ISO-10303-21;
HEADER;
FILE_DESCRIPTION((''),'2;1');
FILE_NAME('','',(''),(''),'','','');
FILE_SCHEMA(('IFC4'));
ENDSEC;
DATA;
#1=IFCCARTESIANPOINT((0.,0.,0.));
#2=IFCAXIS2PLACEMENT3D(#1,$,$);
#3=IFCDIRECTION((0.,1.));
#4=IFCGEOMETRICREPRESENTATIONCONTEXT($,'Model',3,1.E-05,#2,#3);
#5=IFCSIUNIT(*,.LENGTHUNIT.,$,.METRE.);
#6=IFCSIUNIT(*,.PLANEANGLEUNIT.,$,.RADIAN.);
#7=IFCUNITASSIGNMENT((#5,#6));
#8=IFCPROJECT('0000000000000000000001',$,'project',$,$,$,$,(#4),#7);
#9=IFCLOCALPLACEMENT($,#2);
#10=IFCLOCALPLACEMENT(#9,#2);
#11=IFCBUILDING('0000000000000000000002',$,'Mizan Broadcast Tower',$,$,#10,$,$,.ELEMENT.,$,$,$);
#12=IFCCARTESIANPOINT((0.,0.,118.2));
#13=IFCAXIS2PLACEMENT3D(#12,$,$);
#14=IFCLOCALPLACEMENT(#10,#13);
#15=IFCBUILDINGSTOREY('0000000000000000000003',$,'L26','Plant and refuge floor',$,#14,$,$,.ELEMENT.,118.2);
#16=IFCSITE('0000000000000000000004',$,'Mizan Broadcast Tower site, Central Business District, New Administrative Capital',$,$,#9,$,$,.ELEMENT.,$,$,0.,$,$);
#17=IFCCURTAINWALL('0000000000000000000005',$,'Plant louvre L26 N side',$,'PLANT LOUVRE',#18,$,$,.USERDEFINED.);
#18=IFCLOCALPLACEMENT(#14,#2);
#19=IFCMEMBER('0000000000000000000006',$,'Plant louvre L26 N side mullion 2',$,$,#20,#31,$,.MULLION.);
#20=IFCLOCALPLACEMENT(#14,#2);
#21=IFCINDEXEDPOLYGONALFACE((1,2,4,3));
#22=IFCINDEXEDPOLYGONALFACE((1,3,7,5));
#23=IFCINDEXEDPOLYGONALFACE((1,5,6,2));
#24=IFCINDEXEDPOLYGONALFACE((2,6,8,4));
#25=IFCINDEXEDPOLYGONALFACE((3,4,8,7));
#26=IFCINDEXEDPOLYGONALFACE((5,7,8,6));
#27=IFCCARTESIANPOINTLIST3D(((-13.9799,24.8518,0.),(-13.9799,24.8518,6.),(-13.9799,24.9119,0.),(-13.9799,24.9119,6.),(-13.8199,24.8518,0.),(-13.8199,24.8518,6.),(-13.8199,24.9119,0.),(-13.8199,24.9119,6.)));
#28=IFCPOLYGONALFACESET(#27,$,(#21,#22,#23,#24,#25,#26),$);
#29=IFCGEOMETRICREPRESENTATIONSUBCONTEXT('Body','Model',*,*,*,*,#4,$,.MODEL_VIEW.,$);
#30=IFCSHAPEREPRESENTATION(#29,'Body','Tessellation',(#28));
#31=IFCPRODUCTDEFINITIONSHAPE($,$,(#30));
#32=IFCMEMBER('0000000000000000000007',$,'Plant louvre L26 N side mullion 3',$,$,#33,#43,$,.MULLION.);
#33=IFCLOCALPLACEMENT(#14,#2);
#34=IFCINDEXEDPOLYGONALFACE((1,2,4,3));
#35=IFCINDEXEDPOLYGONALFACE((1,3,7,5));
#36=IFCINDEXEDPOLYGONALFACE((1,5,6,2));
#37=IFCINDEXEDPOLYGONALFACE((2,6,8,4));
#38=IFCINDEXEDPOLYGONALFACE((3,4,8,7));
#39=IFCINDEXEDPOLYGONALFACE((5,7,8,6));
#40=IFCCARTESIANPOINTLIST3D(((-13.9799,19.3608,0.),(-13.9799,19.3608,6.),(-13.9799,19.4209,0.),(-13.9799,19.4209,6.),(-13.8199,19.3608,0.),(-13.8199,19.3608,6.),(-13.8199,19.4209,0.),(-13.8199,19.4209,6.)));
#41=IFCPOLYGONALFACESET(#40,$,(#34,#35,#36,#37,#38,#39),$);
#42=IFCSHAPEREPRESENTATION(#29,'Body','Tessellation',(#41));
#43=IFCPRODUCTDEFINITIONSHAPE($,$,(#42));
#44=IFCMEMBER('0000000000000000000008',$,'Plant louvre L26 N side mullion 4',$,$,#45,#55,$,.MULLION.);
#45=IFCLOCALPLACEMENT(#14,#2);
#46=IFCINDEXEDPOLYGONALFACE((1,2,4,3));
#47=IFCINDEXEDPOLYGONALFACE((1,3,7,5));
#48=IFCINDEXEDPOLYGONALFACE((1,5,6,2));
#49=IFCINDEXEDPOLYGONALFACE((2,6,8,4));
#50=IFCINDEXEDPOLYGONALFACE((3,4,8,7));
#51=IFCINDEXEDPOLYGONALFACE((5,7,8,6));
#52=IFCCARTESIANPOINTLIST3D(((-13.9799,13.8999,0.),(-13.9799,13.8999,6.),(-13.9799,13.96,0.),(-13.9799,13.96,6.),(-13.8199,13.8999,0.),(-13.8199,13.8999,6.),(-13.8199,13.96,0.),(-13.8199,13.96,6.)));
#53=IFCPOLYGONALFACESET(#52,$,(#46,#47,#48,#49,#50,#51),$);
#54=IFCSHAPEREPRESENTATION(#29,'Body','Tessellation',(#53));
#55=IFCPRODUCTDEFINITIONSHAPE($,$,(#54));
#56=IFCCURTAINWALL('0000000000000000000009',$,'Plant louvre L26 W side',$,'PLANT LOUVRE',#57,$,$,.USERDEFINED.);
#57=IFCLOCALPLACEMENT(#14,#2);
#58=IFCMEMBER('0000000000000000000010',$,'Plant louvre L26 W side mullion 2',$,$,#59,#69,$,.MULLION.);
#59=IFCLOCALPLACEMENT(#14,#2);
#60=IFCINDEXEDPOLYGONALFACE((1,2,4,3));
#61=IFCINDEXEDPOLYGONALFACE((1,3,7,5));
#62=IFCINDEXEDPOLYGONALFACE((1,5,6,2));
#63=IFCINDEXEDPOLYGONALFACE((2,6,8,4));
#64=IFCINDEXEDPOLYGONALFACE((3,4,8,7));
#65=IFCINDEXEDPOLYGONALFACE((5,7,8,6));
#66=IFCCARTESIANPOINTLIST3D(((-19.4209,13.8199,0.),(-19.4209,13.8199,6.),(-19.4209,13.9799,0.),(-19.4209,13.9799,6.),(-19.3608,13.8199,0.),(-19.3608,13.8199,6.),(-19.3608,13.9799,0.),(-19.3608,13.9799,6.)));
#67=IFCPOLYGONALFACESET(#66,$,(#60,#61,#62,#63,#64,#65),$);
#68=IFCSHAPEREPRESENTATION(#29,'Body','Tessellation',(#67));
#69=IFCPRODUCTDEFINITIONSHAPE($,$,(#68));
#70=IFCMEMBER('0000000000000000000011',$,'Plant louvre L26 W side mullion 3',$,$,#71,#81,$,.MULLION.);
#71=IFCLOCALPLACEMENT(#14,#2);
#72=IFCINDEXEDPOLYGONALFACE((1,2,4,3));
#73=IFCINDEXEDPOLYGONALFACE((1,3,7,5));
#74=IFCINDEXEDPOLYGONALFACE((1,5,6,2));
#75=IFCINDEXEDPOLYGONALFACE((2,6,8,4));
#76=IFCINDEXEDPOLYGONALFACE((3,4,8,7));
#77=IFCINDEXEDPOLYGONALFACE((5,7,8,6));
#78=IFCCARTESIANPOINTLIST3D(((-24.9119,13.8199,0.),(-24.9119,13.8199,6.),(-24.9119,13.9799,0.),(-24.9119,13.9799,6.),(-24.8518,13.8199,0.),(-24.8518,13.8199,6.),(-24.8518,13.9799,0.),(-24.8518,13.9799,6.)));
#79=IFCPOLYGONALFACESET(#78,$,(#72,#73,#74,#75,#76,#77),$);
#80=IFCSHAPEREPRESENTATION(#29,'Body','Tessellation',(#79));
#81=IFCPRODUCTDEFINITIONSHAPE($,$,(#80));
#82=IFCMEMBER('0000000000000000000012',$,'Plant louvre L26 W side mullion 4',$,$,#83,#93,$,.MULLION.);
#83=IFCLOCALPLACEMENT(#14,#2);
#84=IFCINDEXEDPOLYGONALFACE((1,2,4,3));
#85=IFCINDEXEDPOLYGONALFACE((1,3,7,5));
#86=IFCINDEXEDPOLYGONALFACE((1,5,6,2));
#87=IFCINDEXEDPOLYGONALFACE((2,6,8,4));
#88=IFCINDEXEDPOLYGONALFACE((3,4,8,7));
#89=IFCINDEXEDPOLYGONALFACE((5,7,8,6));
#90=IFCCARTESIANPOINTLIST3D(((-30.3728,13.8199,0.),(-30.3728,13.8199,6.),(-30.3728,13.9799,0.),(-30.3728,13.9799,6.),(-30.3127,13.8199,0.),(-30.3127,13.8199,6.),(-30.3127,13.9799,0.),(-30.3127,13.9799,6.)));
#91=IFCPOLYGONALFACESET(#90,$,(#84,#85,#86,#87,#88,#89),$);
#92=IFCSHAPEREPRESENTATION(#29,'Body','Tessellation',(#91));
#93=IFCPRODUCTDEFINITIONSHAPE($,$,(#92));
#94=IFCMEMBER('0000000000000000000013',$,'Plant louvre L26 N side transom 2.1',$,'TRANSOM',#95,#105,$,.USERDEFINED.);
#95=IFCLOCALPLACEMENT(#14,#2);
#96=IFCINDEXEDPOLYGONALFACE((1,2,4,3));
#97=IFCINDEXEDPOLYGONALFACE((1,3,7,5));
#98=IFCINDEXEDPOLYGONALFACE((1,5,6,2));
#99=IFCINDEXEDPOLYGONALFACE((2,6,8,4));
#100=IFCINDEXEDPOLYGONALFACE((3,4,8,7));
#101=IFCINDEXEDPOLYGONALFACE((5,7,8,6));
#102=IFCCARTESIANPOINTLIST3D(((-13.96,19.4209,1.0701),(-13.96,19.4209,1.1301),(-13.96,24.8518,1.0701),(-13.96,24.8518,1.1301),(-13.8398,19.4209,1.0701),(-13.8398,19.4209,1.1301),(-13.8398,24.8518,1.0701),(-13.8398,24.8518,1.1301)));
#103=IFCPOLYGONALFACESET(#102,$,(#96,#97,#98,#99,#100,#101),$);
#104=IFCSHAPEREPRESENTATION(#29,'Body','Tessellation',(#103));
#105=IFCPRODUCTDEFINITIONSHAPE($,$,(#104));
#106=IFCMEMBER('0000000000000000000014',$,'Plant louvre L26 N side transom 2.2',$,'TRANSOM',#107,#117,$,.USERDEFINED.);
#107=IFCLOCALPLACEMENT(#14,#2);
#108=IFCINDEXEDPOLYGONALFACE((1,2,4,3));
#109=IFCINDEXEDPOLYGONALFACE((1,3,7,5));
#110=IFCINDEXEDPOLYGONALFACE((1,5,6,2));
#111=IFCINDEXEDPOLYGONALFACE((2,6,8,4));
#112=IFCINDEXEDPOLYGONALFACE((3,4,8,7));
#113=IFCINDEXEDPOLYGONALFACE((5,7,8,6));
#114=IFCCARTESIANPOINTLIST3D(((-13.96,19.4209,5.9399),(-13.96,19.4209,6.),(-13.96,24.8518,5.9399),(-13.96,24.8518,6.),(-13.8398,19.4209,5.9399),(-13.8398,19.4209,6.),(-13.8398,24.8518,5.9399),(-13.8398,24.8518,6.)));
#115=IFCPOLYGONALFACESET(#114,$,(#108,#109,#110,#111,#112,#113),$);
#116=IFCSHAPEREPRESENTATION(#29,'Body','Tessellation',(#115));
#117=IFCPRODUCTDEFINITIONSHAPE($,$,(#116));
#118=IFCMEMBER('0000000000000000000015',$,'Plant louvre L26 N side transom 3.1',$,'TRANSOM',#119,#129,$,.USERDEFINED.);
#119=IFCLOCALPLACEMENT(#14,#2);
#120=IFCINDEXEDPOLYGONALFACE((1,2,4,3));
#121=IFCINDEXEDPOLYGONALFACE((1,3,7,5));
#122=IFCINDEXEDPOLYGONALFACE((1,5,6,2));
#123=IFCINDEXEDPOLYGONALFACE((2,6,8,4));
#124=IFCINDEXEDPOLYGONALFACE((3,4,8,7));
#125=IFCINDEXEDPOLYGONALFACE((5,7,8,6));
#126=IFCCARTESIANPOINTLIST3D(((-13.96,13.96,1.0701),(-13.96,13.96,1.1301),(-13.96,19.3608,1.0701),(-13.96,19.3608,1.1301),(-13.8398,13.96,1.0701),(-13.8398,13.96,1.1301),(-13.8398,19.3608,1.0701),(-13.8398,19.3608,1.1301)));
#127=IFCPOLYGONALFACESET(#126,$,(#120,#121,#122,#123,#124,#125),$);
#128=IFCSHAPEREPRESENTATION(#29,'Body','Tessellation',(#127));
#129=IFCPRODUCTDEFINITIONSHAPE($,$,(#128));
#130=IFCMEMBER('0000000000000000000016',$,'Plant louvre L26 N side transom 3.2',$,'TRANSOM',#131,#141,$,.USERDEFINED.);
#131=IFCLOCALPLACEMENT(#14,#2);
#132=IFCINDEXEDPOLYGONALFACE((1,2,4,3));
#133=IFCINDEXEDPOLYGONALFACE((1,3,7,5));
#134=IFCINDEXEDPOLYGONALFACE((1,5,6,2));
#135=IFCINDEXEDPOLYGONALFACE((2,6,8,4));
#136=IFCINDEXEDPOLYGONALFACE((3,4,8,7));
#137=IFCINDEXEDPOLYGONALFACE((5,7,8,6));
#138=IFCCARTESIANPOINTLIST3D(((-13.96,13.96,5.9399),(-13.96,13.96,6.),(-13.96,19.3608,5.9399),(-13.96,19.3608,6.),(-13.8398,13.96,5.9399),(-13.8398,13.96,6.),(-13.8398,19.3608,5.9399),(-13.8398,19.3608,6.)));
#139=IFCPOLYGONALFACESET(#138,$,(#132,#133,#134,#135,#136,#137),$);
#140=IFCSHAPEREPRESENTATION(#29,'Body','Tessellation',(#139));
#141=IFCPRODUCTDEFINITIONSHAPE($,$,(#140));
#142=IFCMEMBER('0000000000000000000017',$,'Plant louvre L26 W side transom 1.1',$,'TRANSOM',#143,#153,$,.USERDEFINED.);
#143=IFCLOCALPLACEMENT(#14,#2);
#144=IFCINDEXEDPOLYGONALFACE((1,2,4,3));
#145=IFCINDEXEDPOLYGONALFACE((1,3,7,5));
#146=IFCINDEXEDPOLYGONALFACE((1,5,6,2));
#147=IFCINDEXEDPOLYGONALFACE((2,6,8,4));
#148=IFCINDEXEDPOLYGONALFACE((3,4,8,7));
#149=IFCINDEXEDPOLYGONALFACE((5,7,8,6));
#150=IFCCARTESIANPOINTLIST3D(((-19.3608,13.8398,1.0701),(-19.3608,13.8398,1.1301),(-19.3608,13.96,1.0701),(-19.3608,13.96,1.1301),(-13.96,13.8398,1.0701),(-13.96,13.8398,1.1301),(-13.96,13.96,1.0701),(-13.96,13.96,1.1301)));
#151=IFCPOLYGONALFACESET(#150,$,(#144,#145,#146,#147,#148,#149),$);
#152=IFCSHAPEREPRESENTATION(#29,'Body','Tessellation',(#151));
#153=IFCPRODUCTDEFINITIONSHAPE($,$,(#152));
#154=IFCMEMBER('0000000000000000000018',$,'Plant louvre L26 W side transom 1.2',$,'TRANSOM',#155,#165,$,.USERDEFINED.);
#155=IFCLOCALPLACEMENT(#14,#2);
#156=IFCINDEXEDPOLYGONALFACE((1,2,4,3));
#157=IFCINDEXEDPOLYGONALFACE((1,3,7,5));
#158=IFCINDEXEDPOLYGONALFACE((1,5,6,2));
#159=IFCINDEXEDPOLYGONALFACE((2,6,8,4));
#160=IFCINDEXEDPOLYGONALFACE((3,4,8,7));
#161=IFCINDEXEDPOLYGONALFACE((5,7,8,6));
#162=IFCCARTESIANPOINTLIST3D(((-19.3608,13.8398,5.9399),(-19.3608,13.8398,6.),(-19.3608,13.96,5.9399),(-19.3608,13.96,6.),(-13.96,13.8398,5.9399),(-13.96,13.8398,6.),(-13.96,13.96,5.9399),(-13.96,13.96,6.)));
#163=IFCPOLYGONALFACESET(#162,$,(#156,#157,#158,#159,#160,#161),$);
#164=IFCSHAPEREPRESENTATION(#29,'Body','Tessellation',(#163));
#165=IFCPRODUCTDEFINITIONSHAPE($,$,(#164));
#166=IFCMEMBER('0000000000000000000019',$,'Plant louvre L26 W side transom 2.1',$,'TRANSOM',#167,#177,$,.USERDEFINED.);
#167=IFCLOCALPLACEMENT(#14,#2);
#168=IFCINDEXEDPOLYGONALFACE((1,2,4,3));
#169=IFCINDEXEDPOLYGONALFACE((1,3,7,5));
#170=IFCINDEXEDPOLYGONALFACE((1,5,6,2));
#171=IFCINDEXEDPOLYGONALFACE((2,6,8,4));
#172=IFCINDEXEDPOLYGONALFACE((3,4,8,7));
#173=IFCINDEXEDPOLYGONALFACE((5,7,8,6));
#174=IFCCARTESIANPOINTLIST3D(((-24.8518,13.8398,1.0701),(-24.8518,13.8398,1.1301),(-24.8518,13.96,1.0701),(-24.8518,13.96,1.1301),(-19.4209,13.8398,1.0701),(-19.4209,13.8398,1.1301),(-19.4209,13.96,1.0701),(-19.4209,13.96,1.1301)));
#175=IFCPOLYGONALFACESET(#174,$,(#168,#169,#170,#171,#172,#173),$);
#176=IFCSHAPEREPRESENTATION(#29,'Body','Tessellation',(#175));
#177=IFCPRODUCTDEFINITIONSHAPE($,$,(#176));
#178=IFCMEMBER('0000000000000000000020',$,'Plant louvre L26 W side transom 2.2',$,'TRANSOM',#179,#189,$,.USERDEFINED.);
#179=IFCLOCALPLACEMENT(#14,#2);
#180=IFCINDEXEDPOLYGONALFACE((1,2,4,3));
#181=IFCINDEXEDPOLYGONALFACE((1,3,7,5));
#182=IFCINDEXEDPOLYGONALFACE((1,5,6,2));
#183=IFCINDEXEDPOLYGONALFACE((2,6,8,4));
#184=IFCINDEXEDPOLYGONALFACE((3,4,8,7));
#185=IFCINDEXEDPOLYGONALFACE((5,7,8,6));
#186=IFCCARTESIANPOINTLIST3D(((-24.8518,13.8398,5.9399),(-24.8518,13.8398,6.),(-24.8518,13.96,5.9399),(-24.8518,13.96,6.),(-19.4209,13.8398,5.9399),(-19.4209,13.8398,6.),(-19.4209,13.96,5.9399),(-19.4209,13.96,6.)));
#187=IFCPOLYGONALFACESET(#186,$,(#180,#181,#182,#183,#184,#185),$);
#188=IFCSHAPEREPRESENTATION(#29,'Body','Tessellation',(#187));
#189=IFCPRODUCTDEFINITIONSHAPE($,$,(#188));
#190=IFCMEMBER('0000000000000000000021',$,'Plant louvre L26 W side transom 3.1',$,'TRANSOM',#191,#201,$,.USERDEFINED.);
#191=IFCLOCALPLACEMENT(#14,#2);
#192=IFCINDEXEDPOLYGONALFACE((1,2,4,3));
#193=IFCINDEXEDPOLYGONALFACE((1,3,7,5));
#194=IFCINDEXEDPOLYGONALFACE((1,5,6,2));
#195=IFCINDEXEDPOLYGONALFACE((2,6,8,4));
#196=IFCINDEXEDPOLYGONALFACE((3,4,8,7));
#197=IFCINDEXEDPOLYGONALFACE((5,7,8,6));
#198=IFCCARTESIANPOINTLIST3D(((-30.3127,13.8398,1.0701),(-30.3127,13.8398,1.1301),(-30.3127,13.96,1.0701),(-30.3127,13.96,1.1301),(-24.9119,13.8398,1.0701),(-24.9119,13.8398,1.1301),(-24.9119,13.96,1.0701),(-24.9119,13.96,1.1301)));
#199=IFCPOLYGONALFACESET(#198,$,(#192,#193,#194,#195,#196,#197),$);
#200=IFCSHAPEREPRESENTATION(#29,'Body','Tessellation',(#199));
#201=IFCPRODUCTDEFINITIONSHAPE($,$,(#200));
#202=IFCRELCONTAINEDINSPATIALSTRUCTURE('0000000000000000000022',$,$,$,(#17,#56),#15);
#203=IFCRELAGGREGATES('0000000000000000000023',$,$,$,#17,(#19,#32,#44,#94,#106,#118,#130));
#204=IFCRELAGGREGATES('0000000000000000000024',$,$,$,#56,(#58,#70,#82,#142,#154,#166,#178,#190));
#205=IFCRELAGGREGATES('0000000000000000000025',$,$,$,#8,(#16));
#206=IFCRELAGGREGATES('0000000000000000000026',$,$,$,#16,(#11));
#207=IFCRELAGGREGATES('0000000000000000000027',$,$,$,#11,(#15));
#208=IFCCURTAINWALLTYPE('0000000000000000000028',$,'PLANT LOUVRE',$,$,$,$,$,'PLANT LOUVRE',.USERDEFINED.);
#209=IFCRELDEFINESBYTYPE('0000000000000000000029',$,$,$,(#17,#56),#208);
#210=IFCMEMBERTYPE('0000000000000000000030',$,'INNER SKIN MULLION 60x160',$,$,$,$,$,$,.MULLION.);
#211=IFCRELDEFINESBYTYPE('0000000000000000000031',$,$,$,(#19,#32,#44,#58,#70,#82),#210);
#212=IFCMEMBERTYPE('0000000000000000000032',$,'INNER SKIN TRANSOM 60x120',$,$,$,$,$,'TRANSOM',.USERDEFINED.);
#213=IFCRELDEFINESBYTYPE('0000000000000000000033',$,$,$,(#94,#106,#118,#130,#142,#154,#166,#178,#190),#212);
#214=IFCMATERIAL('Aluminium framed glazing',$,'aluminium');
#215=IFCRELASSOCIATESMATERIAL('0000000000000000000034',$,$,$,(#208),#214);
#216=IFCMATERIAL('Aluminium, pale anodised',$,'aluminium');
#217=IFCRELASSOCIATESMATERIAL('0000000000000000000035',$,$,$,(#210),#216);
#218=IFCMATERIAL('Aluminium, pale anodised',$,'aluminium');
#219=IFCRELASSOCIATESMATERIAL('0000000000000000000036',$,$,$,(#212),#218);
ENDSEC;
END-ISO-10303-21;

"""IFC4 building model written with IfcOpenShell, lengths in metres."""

from ifc_helpers import new_model, si_unit, direction, frame, origin, origin_2d, place, context, subcontext, project, spatial, rectangle, extrude, material, material_profile, profile_set, type_object, element, aggregate, save


model = new_model("IFC4")

# Units and contexts
model_context = context("Model", 3, precision=1e-05, world=origin(), true_north=direction((0.0, 1.0)))
body_context = subcontext(model_context, "Body", "Model", "MODEL_VIEW")
ifc_project = project(units=[si_unit("LENGTHUNIT", "METRE"), si_unit("PLANEANGLEUNIT", "RADIAN")], contexts=[model_context])

# Site, building, storey
site_placement = place(None, origin())
site = spatial("IfcSite", under=ifc_project, at=site_placement, Name="Mizan Broadcast Tower site, Central Business District, New Administrative Capital", CompositionType="ELEMENT", RefElevation=0.0)
building_placement = place(site_placement, origin())
building = spatial("IfcBuilding", under=site, at=building_placement, Name="Mizan Broadcast Tower", CompositionType="ELEMENT")
storey_placement = place(building_placement, frame((0.0, 0.0, 118.2)))
storey = spatial("IfcBuildingStorey", under=building, at=storey_placement, Name="L26", Description="Plant and refuge floor", CompositionType="ELEMENT", Elevation=118.2)

# Curtain walls, members
ifc_material_1 = material(Name="Aluminium framed glazing", Category="aluminium")
curtain_wall_type = type_object("IfcCurtainWallType", Name="PLANT LOUVRE", ElementType="PLANT LOUVRE", PredefinedType="USERDEFINED", material=ifc_material_1)
curtain_wall_1_placement = place(storey_placement, origin())
curtain_wall_1 = element("IfcCurtainWall", 1, at=curtain_wall_1_placement, inside=storey, type_object=curtain_wall_type, Name="Plant louvre L26 N side", ObjectType="PLANT LOUVRE", PredefinedType="USERDEFINED")
ifc_material_2 = material(Name="Aluminium, pale anodised", Category="aluminium")
ifc_material_profile_1 = material_profile(ifc_material_2, rectangle(XDim=0.1599, YDim=0.0601, at=origin_2d()), Name="MULLION 160x60")
ifc_profile_set_1 = profile_set([ifc_material_profile_1], Name="Aluminium, pale anodised")
member_type_1 = type_object("IfcMemberType", Name="INNER SKIN MULLION 60x160", PredefinedType="MULLION", material=ifc_profile_set_1)
member_1_placement = place(storey_placement, frame((-13.8999, 24.8818, 0.0), z_axis=(0.0, 0.0, 1.0), x_axis=(1.0, 0.0, 0.0)))
member_1 = element("IfcMember", 2, at=member_1_placement, type_object=member_type_1, Name="Plant louvre L26 N side mullion 2", PredefinedType="MULLION", context=body_context, shape_type="SweptSolid", body=[
    extrude(rectangle(XDim=0.1599, YDim=0.0601, at=origin_2d()), origin(), (0.0, 0.0, 1.0), 6.0),
])
member_2_placement = place(storey_placement, frame((-13.8999, 19.3909, 0.0), z_axis=(0.0, 0.0, 1.0), x_axis=(1.0, 0.0, 0.0)))
member_2 = element("IfcMember", 3, at=member_2_placement, type_object=member_type_1, Name="Plant louvre L26 N side mullion 3", PredefinedType="MULLION", context=body_context, shape_type="SweptSolid", body=[
    extrude(rectangle(XDim=0.1599, YDim=0.0601, at=origin_2d()), origin(), (0.0, 0.0, 1.0), 6.0),
])
member_3_placement = place(storey_placement, frame((-13.8999, 13.9299, 0.0), z_axis=(0.0, 0.0, 1.0), x_axis=(1.0, 0.0, 0.0)))
member_3 = element("IfcMember", 4, at=member_3_placement, type_object=member_type_1, Name="Plant louvre L26 N side mullion 4", PredefinedType="MULLION", context=body_context, shape_type="SweptSolid", body=[
    extrude(rectangle(XDim=0.1599, YDim=0.0601, at=origin_2d()), origin(), (0.0, 0.0, 1.0), 6.0),
])
curtain_wall_2_placement = place(storey_placement, origin())
curtain_wall_2 = element("IfcCurtainWall", 5, at=curtain_wall_2_placement, inside=storey, type_object=curtain_wall_type, Name="Plant louvre L26 W side", ObjectType="PLANT LOUVRE", PredefinedType="USERDEFINED")
member_4_placement = place(storey_placement, frame((-19.3909, 13.8999, 0.0), z_axis=(0.0, 0.0, 1.0), x_axis=(0.0, -1.0, 0.0)))
member_4 = element("IfcMember", 6, at=member_4_placement, type_object=member_type_1, Name="Plant louvre L26 W side mullion 2", PredefinedType="MULLION", context=body_context, shape_type="SweptSolid", body=[
    extrude(rectangle(XDim=0.1599, YDim=0.0601, at=origin_2d()), origin(), (0.0, 0.0, 1.0), 6.0),
])
member_5_placement = place(storey_placement, frame((-24.8818, 13.8999, 0.0), z_axis=(0.0, 0.0, 1.0), x_axis=(0.0, -1.0, 0.0)))
member_5 = element("IfcMember", 7, at=member_5_placement, type_object=member_type_1, Name="Plant louvre L26 W side mullion 3", PredefinedType="MULLION", context=body_context, shape_type="SweptSolid", body=[
    extrude(rectangle(XDim=0.1599, YDim=0.0601, at=origin_2d()), origin(), (0.0, 0.0, 1.0), 6.0),
])
member_6_placement = place(storey_placement, frame((-30.3428, 13.8999, 0.0), z_axis=(0.0, 0.0, 1.0), x_axis=(0.0, -1.0, 0.0)))
member_6 = element("IfcMember", 8, at=member_6_placement, type_object=member_type_1, Name="Plant louvre L26 W side mullion 4", PredefinedType="MULLION", context=body_context, shape_type="SweptSolid", body=[
    extrude(rectangle(XDim=0.1599, YDim=0.0601, at=origin_2d()), origin(), (0.0, 0.0, 1.0), 6.0),
])

# Members
ifc_material_3 = material(Name="Aluminium, pale anodised", Category="aluminium")
ifc_material_profile_2 = material_profile(ifc_material_3, rectangle(XDim=0.1201, YDim=0.0601, at=origin_2d()), Name="TRANSOM 120x60")
ifc_profile_set_2 = profile_set([ifc_material_profile_2], Name="Aluminium, pale anodised")
member_type_2 = type_object("IfcMemberType", Name="INNER SKIN TRANSOM 60x120", ElementType="TRANSOM", PredefinedType="USERDEFINED", material=ifc_profile_set_2)
member_7_placement = place(storey_placement, frame((-13.8999, 24.8518, 1.1001), z_axis=(0.0, -1.0, 0.0), x_axis=(1.0, 0.0, 0.0)))
member_7 = element("IfcMember", 9, at=member_7_placement, type_object=member_type_2, Name="Plant louvre L26 N side transom 2.1", ObjectType="TRANSOM", PredefinedType="USERDEFINED", context=body_context, shape_type="SweptSolid", body=[
    extrude(rectangle(XDim=0.1201, YDim=0.0601, at=origin_2d()), origin(), (0.0, 0.0, 1.0), 5.4309),
])
member_8_placement = place(storey_placement, frame((-13.8999, 24.8518, 5.97), z_axis=(0.0, -1.0, 0.0), x_axis=(1.0, 0.0, 0.0)))
member_8 = element("IfcMember", 10, at=member_8_placement, type_object=member_type_2, Name="Plant louvre L26 N side transom 2.2", ObjectType="TRANSOM", PredefinedType="USERDEFINED", context=body_context, shape_type="SweptSolid", body=[
    extrude(rectangle(XDim=0.1201, YDim=0.0601, at=origin_2d()), origin(), (0.0, 0.0, 1.0), 5.4309),
])
member_9_placement = place(storey_placement, frame((-13.8999, 19.3608, 1.1001), z_axis=(0.0, -1.0, 0.0), x_axis=(1.0, 0.0, 0.0)))
member_9 = element("IfcMember", 11, at=member_9_placement, type_object=member_type_2, Name="Plant louvre L26 N side transom 3.1", ObjectType="TRANSOM", PredefinedType="USERDEFINED", context=body_context, shape_type="SweptSolid", body=[
    extrude(rectangle(XDim=0.1201, YDim=0.0601, at=origin_2d()), origin(), (0.0, 0.0, 1.0), 5.4009),
])
member_10_placement = place(storey_placement, frame((-13.8999, 19.3608, 5.97), z_axis=(0.0, -1.0, 0.0), x_axis=(1.0, 0.0, 0.0)))
member_10 = element("IfcMember", 12, at=member_10_placement, type_object=member_type_2, Name="Plant louvre L26 N side transom 3.2", ObjectType="TRANSOM", PredefinedType="USERDEFINED", context=body_context, shape_type="SweptSolid", body=[
    extrude(rectangle(XDim=0.1201, YDim=0.0601, at=origin_2d()), origin(), (0.0, 0.0, 1.0), 5.4009),
])
member_11_placement = place(storey_placement, frame((-13.96, 13.8999, 1.1001), z_axis=(-1.0, 0.0, 0.0), x_axis=(0.0, -1.0, 0.0)))
member_11 = element("IfcMember", 13, at=member_11_placement, type_object=member_type_2, Name="Plant louvre L26 W side transom 1.1", ObjectType="TRANSOM", PredefinedType="USERDEFINED", context=body_context, shape_type="SweptSolid", body=[
    extrude(rectangle(XDim=0.1201, YDim=0.0601, at=origin_2d()), origin(), (0.0, 0.0, 1.0), 5.4009),
])
member_12_placement = place(storey_placement, frame((-13.96, 13.8999, 5.97), z_axis=(-1.0, 0.0, 0.0), x_axis=(0.0, -1.0, 0.0)))
member_12 = element("IfcMember", 14, at=member_12_placement, type_object=member_type_2, Name="Plant louvre L26 W side transom 1.2", ObjectType="TRANSOM", PredefinedType="USERDEFINED", context=body_context, shape_type="SweptSolid", body=[
    extrude(rectangle(XDim=0.1201, YDim=0.0601, at=origin_2d()), origin(), (0.0, 0.0, 1.0), 5.4009),
])
member_13_placement = place(storey_placement, frame((-19.4209, 13.8999, 1.1001), z_axis=(-1.0, 0.0, 0.0), x_axis=(0.0, -1.0, 0.0)))
member_13 = element("IfcMember", 15, at=member_13_placement, type_object=member_type_2, Name="Plant louvre L26 W side transom 2.1", ObjectType="TRANSOM", PredefinedType="USERDEFINED", context=body_context, shape_type="SweptSolid", body=[
    extrude(rectangle(XDim=0.1201, YDim=0.0601, at=origin_2d()), origin(), (0.0, 0.0, 1.0), 5.4309),
])
member_14_placement = place(storey_placement, frame((-19.4209, 13.8999, 5.97), z_axis=(-1.0, 0.0, 0.0), x_axis=(0.0, -1.0, 0.0)))
member_14 = element("IfcMember", 16, at=member_14_placement, type_object=member_type_2, Name="Plant louvre L26 W side transom 2.2", ObjectType="TRANSOM", PredefinedType="USERDEFINED", context=body_context, shape_type="SweptSolid", body=[
    extrude(rectangle(XDim=0.1201, YDim=0.0601, at=origin_2d()), origin(), (0.0, 0.0, 1.0), 5.4309),
])
member_15_placement = place(storey_placement, frame((-24.9119, 13.8999, 1.1001), z_axis=(-1.0, 0.0, 0.0), x_axis=(0.0, -1.0, 0.0)))
member_15 = element("IfcMember", 17, at=member_15_placement, type_object=member_type_2, Name="Plant louvre L26 W side transom 3.1", ObjectType="TRANSOM", PredefinedType="USERDEFINED", context=body_context, shape_type="SweptSolid", body=[
    extrude(rectangle(XDim=0.1201, YDim=0.0601, at=origin_2d()), origin(), (0.0, 0.0, 1.0), 5.4009),
])

aggregate(curtain_wall_1, [member_1, member_2, member_3, member_7, member_8, member_9, member_10])
aggregate(curtain_wall_2, [member_4, member_5, member_6, member_11, member_12, member_13, member_14, member_15])

save(model, "model.ifc")
